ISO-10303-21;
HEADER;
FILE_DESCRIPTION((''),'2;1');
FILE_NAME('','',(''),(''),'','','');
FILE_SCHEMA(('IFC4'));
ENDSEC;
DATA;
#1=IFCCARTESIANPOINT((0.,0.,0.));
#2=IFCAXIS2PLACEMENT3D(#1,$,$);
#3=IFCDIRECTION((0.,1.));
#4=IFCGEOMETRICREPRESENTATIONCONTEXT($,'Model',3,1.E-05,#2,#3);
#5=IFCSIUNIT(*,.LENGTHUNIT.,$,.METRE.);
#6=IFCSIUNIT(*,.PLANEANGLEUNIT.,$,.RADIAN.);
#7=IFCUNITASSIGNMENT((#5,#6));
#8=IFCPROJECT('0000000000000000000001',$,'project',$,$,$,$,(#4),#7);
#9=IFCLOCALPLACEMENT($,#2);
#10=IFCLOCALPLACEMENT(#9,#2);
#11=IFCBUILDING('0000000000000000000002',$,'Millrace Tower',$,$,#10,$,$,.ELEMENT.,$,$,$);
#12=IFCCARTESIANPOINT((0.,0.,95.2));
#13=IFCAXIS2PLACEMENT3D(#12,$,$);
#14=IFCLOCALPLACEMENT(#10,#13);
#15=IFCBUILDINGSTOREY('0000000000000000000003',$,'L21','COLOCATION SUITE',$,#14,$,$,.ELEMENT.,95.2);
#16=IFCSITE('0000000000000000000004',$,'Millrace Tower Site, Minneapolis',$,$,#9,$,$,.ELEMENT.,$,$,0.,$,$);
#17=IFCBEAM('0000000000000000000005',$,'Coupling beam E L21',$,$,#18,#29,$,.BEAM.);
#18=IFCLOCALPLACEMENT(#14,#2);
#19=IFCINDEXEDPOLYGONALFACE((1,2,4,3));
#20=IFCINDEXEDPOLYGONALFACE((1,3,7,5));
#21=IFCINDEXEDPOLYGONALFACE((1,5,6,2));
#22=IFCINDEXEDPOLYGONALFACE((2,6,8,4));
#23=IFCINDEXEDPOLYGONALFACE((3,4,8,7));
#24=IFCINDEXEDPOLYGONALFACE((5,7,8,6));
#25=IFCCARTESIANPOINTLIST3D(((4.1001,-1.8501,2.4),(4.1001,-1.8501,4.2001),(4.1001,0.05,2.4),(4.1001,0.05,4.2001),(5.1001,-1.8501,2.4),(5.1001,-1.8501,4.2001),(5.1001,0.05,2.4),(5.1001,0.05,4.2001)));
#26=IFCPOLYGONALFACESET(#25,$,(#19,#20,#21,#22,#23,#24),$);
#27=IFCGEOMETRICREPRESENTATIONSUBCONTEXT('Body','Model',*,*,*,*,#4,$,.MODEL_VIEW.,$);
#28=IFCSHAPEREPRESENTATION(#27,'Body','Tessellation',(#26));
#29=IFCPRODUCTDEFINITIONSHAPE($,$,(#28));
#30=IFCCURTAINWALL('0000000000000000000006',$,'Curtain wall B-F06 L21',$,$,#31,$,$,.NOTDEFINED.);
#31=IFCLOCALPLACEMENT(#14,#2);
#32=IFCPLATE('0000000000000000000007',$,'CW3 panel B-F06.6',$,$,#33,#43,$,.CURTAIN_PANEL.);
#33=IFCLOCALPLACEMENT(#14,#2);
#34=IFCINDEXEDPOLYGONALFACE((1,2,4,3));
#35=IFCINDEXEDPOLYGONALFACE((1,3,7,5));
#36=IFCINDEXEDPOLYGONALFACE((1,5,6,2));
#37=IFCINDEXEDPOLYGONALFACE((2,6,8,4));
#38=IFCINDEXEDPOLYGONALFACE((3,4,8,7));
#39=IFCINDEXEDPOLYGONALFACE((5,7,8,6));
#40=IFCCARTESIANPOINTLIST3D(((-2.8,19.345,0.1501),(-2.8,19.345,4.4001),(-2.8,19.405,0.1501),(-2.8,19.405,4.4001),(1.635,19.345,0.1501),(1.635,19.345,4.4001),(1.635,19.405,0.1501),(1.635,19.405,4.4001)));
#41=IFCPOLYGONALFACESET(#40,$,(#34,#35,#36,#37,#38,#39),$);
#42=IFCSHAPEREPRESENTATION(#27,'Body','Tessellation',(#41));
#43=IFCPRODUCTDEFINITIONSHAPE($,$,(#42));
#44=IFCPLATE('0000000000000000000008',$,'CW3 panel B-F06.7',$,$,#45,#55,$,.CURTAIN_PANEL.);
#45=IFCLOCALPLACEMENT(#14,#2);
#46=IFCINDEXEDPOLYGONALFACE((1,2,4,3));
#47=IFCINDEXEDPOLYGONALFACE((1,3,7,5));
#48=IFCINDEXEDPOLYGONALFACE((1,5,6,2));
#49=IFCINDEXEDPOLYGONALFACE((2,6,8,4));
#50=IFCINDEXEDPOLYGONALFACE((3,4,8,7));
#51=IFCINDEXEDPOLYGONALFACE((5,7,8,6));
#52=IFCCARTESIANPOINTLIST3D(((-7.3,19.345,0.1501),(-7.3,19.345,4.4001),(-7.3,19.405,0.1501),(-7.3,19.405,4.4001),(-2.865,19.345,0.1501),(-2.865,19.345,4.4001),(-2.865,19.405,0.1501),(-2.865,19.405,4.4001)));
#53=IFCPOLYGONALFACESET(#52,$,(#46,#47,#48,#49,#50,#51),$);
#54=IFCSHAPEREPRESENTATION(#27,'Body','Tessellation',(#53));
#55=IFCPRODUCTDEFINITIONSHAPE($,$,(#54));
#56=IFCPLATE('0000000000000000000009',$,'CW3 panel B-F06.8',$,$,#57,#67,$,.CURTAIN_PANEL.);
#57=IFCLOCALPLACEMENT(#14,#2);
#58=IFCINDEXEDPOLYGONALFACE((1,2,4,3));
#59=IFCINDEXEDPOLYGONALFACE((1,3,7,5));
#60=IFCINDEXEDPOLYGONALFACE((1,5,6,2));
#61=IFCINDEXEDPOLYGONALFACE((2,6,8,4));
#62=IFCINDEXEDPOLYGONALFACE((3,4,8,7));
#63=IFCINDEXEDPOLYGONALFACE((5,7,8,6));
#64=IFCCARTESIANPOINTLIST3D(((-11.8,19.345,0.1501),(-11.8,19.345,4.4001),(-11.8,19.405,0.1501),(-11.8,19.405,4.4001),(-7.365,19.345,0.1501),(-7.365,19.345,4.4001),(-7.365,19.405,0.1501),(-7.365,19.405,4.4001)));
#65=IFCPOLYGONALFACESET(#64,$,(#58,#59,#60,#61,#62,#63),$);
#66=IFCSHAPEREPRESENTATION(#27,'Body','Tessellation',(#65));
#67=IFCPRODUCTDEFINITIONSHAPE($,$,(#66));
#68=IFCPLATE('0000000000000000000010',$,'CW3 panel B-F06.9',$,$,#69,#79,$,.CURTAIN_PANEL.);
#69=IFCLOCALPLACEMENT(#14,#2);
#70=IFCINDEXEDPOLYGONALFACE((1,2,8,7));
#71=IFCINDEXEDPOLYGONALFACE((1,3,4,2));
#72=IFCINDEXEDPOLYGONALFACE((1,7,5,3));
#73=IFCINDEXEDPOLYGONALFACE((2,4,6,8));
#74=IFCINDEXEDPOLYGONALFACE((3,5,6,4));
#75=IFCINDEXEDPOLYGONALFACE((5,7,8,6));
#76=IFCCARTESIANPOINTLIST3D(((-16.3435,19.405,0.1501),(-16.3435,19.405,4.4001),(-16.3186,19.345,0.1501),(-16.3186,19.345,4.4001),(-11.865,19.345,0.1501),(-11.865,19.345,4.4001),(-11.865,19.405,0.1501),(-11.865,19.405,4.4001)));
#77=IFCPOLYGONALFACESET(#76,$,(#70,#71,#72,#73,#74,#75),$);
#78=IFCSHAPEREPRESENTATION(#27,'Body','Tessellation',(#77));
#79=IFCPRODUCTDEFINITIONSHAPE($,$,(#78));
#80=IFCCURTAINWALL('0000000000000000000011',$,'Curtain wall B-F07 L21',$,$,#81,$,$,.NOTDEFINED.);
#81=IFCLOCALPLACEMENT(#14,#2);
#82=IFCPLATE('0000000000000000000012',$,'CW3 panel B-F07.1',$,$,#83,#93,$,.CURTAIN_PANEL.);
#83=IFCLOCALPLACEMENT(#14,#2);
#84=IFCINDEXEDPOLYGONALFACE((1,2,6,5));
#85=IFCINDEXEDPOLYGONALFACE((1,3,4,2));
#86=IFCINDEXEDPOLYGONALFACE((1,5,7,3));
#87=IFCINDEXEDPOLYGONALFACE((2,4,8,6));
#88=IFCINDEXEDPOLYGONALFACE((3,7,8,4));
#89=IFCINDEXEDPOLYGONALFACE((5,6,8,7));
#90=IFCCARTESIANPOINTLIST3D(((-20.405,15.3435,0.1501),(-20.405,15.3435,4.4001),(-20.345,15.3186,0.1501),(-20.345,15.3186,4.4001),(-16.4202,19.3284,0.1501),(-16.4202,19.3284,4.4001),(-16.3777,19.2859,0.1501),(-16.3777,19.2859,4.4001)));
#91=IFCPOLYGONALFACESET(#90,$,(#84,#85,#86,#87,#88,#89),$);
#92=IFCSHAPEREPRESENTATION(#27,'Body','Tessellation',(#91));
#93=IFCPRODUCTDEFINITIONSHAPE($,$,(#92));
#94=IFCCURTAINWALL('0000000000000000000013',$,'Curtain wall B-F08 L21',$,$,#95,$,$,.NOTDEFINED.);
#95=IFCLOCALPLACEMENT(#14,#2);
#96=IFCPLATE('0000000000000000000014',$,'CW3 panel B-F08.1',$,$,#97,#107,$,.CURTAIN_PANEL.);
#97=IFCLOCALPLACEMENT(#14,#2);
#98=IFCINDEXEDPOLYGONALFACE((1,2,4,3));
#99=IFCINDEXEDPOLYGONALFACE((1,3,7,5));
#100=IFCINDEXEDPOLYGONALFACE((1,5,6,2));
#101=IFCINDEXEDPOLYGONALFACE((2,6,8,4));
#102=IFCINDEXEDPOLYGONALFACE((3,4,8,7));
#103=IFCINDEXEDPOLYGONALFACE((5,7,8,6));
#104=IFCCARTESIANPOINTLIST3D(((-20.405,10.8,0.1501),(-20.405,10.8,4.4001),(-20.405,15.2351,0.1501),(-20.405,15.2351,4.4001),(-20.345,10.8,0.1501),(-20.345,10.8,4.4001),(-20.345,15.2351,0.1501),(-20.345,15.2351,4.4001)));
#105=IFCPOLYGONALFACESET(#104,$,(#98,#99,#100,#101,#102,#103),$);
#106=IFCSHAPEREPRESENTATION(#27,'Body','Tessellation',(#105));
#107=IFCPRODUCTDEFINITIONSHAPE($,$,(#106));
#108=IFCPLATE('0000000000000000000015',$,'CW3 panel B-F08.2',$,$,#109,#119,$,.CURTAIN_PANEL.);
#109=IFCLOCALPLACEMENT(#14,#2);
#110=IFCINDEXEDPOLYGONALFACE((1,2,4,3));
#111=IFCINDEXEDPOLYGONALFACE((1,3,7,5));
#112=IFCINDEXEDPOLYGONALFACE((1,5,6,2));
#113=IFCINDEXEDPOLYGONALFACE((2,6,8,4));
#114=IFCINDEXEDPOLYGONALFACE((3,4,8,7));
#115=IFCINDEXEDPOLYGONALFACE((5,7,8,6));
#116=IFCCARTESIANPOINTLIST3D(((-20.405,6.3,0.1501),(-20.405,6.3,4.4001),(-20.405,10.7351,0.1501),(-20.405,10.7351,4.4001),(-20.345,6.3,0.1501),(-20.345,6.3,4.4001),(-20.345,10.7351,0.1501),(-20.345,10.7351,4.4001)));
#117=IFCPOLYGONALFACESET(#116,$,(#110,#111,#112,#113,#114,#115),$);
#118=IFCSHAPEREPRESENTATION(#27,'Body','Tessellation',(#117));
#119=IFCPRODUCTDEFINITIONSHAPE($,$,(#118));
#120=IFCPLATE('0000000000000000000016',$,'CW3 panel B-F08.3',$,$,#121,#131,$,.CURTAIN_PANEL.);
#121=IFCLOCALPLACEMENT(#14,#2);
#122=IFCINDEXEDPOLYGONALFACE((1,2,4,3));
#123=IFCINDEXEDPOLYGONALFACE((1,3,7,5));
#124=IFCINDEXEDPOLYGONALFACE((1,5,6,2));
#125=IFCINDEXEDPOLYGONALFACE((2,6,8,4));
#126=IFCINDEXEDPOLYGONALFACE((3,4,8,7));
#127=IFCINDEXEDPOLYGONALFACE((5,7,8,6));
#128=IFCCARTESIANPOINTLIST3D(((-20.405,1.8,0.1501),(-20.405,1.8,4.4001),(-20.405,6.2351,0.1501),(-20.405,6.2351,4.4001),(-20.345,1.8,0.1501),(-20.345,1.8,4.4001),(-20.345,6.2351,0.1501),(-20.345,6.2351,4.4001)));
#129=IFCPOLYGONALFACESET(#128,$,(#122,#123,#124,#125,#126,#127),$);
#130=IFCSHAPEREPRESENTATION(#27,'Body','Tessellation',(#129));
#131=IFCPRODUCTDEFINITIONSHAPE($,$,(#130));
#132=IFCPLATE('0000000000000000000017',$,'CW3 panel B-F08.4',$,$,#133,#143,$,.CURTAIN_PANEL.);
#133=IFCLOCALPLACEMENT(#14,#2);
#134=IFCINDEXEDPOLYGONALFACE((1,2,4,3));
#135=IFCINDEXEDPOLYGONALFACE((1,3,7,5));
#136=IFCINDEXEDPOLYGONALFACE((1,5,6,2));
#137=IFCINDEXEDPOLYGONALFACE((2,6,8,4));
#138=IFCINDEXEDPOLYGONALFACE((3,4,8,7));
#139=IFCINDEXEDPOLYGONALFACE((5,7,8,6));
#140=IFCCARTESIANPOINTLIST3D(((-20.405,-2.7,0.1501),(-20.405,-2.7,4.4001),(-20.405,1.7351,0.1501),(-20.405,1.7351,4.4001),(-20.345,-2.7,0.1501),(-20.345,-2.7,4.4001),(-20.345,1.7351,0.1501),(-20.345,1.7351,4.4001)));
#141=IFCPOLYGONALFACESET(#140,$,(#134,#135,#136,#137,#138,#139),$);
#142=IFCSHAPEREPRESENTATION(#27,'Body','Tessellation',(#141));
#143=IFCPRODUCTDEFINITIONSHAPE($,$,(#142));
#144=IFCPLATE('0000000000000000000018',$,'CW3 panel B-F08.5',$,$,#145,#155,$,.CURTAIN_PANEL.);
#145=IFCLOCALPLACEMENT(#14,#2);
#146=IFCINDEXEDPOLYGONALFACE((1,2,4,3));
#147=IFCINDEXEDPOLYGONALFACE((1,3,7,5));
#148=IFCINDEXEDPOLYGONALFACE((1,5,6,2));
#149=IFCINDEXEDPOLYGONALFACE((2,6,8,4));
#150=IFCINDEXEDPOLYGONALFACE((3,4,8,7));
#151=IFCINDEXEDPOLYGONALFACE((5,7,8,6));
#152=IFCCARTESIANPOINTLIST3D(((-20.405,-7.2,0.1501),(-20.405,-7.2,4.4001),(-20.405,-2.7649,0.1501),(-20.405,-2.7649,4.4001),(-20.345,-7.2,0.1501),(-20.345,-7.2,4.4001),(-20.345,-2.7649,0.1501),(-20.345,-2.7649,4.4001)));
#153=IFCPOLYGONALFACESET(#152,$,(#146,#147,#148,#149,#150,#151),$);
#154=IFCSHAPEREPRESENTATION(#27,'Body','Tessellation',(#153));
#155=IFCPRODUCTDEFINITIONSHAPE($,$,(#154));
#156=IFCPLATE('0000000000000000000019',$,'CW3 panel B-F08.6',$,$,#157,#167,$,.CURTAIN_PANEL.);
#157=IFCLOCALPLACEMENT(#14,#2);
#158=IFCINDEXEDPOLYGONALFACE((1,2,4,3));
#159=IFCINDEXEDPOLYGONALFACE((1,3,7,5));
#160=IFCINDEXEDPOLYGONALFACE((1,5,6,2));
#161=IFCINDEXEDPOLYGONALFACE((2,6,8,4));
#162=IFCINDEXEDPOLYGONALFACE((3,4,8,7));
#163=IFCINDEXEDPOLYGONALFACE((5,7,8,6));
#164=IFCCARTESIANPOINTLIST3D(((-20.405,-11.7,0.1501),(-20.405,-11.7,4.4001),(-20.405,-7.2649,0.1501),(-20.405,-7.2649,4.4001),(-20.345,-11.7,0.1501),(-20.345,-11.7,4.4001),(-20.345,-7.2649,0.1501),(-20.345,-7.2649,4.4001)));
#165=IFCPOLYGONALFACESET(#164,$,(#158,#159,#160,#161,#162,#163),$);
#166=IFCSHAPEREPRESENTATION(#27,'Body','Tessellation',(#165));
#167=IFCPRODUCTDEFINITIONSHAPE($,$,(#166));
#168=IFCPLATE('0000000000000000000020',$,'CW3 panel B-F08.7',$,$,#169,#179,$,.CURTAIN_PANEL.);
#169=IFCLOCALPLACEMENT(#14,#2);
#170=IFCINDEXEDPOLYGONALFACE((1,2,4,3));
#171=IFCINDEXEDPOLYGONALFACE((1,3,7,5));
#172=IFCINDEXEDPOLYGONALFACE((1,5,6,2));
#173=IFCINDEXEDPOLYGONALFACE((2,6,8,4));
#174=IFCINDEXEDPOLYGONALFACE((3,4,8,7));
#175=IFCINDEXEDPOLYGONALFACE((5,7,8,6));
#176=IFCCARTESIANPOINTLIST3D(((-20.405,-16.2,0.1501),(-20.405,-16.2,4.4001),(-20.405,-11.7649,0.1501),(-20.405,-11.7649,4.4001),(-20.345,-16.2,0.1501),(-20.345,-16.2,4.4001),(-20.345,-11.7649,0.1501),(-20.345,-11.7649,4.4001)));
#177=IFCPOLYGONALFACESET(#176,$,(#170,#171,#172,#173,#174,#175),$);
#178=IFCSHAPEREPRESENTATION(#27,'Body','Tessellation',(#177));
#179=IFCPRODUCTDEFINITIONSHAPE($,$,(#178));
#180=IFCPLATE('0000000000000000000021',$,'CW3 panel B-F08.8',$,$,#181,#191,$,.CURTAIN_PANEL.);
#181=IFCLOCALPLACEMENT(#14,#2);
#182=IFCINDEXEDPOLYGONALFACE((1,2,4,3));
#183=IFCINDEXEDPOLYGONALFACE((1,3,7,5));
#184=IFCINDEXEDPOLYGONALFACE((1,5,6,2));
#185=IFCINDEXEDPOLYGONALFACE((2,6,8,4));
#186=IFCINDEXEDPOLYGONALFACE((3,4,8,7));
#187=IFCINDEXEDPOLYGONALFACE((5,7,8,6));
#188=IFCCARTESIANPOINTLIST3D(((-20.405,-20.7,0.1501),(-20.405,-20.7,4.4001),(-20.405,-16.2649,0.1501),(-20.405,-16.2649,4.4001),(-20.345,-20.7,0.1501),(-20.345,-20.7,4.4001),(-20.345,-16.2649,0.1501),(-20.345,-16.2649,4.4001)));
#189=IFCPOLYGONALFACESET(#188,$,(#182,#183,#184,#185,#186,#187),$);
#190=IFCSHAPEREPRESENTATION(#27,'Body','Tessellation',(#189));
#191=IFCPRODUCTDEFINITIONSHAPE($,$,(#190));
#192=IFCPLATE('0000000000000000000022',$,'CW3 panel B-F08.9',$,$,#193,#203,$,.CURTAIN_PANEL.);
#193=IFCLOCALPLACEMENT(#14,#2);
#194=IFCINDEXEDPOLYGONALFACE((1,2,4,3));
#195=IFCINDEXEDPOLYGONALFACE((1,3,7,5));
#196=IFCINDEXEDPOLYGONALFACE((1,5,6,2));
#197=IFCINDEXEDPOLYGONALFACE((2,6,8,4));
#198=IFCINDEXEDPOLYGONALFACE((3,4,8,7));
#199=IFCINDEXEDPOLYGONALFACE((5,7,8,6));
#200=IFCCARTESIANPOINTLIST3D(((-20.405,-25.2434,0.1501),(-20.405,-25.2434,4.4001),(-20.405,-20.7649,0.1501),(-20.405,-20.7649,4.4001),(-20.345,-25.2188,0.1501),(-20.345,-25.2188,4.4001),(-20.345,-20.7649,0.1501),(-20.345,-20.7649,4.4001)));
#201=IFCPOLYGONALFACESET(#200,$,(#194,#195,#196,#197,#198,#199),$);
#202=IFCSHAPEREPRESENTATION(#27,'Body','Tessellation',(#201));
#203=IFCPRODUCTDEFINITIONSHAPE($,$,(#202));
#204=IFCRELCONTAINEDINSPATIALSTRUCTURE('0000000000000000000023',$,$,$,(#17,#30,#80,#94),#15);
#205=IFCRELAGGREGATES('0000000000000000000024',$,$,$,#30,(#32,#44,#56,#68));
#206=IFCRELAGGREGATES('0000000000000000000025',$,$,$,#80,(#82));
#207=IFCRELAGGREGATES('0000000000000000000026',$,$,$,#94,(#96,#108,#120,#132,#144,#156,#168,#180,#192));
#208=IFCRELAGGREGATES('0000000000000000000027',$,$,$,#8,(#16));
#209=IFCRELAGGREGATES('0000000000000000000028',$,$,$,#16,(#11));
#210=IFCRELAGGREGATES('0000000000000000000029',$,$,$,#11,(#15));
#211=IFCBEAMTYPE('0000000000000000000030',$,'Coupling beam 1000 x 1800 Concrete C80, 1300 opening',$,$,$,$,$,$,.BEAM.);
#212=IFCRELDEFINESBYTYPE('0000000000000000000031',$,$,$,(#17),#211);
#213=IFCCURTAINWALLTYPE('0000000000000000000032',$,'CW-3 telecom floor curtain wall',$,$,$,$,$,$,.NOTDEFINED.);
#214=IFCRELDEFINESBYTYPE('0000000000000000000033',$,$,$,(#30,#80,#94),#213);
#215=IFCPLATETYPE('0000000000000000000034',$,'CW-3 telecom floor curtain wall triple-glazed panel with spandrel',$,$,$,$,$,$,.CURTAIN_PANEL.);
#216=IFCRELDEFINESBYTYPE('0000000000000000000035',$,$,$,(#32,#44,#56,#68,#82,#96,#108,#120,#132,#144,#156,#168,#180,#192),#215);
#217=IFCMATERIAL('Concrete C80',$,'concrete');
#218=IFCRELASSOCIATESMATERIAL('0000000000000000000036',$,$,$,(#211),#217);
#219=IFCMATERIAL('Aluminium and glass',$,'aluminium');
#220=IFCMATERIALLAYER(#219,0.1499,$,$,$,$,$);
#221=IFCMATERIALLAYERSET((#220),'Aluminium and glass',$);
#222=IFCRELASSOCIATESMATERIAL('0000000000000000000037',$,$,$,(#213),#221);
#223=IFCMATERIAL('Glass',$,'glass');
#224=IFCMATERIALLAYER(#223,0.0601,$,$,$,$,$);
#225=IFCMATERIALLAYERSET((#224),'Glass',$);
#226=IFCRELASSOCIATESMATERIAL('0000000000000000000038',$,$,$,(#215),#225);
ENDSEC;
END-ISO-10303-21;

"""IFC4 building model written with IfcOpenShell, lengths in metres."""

from ifc_helpers import new_model, si_unit, direction, frame, origin, origin_2d, place, context, subcontext, project, spatial, polyline, rectangle, outline, extrude, material, layer, layer_set, material_profile, profile_set, type_object, element, aggregate, save


model = new_model("IFC4")

# Units and contexts
model_context = context("Model", 3, precision=1e-05, world=origin(), true_north=direction((0.0, 1.0)))
body_context = subcontext(model_context, "Body", "Model", "MODEL_VIEW")
ifc_project = project(units=[si_unit("LENGTHUNIT", "METRE"), si_unit("PLANEANGLEUNIT", "RADIAN")], contexts=[model_context])

# Site, building, storey
site_placement = place(None, origin())
site = spatial("IfcSite", under=ifc_project, at=site_placement, Name="Millrace Tower Site, Minneapolis", CompositionType="ELEMENT", RefElevation=0.0)
building_placement = place(site_placement, origin())
building = spatial("IfcBuilding", under=site, at=building_placement, Name="Millrace Tower", CompositionType="ELEMENT")
storey_placement = place(building_placement, frame((0.0, 0.0, 95.2)))
storey = spatial("IfcBuildingStorey", under=building, at=storey_placement, Name="L21", Description="COLOCATION SUITE", CompositionType="ELEMENT", Elevation=95.2)

# Beam
ifc_material_1 = material(Name="Concrete C80", Category="concrete")
ifc_material_profile = material_profile(ifc_material_1, rectangle(XDim=1.0, YDim=1.8, at=origin_2d()))
ifc_profile_set = profile_set([ifc_material_profile], Name="Concrete C80")
beam_type = type_object("IfcBeamType", Name="Coupling beam 1000 x 1800 Concrete C80, 1300 opening", PredefinedType="BEAM", material=ifc_profile_set)
beam_placement = place(storey_placement, frame((4.6001, 0.05, 3.3), z_axis=(0.0, -1.0, 0.0), x_axis=(1.0, 0.0, 0.0)))
element("IfcBeam", 1, at=beam_placement, inside=storey, type_object=beam_type, Name="Coupling beam E L21", PredefinedType="BEAM", context=body_context, shape_type="SweptSolid", body=[
    extrude(rectangle(XDim=1.0, YDim=1.8, at=origin_2d()), origin(), (0.0, 0.0, 1.0), 1.9001),
])

# Curtain wall, plates
ifc_material_2 = material(Name="Aluminium and glass", Category="aluminium")
ifc_layer_1 = layer(ifc_material_2, 0.1499)
ifc_layer_set_1 = layer_set([ifc_layer_1], Name="Aluminium and glass")
curtain_wall_type = type_object("IfcCurtainWallType", Name="CW-3 telecom floor curtain wall", PredefinedType="NOTDEFINED", material=ifc_layer_set_1)
placement_1 = place(storey_placement, origin())
curtain_wall_1 = element("IfcCurtainWall", 2, at=placement_1, inside=storey, type_object=curtain_wall_type, Name="Curtain wall B-F06 L21", PredefinedType="NOTDEFINED")
ifc_material_3 = material(Name="Glass", Category="glass")
ifc_layer_2 = layer(ifc_material_3, 0.0601)
ifc_layer_set_2 = layer_set([ifc_layer_2], Name="Glass")
plate_type = type_object("IfcPlateType", Name="CW-3 telecom floor curtain wall triple-glazed panel with spandrel", PredefinedType="CURTAIN_PANEL", material=ifc_layer_set_2)
placement_2 = place(storey_placement, frame((0.0, 0.0, 0.1501)))
plate_1 = element("IfcPlate", 3, at=placement_2, type_object=plate_type, Name="CW3 panel B-F06.6", PredefinedType="CURTAIN_PANEL", context=body_context, shape_type="SweptSolid", body=[
    extrude(outline(polyline([(1.635, 19.405), (-2.8, 19.405), (-2.8, 19.345), (1.635, 19.345), (1.635, 19.405)])), origin(), (0.0, 0.0, 1.0), 4.25),
])
plate_2 = element("IfcPlate", 4, at=placement_2, type_object=plate_type, Name="CW3 panel B-F06.7", PredefinedType="CURTAIN_PANEL", context=body_context, shape_type="SweptSolid", body=[
    extrude(outline(polyline([(-2.865, 19.405), (-7.3, 19.405), (-7.3, 19.345), (-2.865, 19.345), (-2.865, 19.405)])), origin(), (0.0, 0.0, 1.0), 4.25),
])
plate_3 = element("IfcPlate", 5, at=placement_2, type_object=plate_type, Name="CW3 panel B-F06.8", PredefinedType="CURTAIN_PANEL", context=body_context, shape_type="SweptSolid", body=[
    extrude(outline(polyline([(-7.365, 19.405), (-11.8, 19.405), (-11.8, 19.345), (-7.365, 19.345), (-7.365, 19.405)])), origin(), (0.0, 0.0, 1.0), 4.25),
])
plate_4 = element("IfcPlate", 6, at=placement_2, type_object=plate_type, Name="CW3 panel B-F06.9", PredefinedType="CURTAIN_PANEL", context=body_context, shape_type="SweptSolid", body=[
    extrude(outline(polyline([(-11.865, 19.405), (-16.3435, 19.405), (-16.3186, 19.345), (-11.865, 19.345), (-11.865, 19.405)])), origin(), (0.0, 0.0, 1.0), 4.25),
])
aggregate(curtain_wall_1, [plate_1, plate_2, plate_3, plate_4])

# Curtain wall, plate
curtain_wall_2 = element("IfcCurtainWall", 7, at=placement_1, inside=storey, type_object=curtain_wall_type, Name="Curtain wall B-F07 L21", PredefinedType="NOTDEFINED")
plate_5 = element("IfcPlate", 8, at=placement_2, type_object=plate_type, Name="CW3 panel B-F07.1", PredefinedType="CURTAIN_PANEL", context=body_context, shape_type="SweptSolid", body=[
    extrude(outline(polyline([(-16.4202, 19.3284), (-20.405, 15.3435), (-20.345, 15.3186), (-16.3777, 19.2859), (-16.4202, 19.3284)])), origin(), (0.0, 0.0, 1.0), 4.25),
])
aggregate(curtain_wall_2, [plate_5])

# Curtain wall, plates
curtain_wall_3 = element("IfcCurtainWall", 9, at=placement_1, inside=storey, type_object=curtain_wall_type, Name="Curtain wall B-F08 L21", PredefinedType="NOTDEFINED")
plate_6 = element("IfcPlate", 10, at=placement_2, type_object=plate_type, Name="CW3 panel B-F08.1", PredefinedType="CURTAIN_PANEL", context=body_context, shape_type="SweptSolid", body=[
    extrude(outline(polyline([(-20.405, 15.2351), (-20.405, 10.8), (-20.345, 10.8), (-20.345, 15.2351), (-20.405, 15.2351)])), origin(), (0.0, 0.0, 1.0), 4.25),
])
plate_7 = element("IfcPlate", 11, at=placement_2, type_object=plate_type, Name="CW3 panel B-F08.2", PredefinedType="CURTAIN_PANEL", context=body_context, shape_type="SweptSolid", body=[
    extrude(outline(polyline([(-20.405, 10.7351), (-20.405, 6.3), (-20.345, 6.3), (-20.345, 10.7351), (-20.405, 10.7351)])), origin(), (0.0, 0.0, 1.0), 4.25),
])
plate_8 = element("IfcPlate", 12, at=placement_2, type_object=plate_type, Name="CW3 panel B-F08.3", PredefinedType="CURTAIN_PANEL", context=body_context, shape_type="SweptSolid", body=[
    extrude(outline(polyline([(-20.405, 6.2351), (-20.405, 1.8), (-20.345, 1.8), (-20.345, 6.2351), (-20.405, 6.2351)])), origin(), (0.0, 0.0, 1.0), 4.25),
])
plate_9 = element("IfcPlate", 13, at=placement_2, type_object=plate_type, Name="CW3 panel B-F08.4", PredefinedType="CURTAIN_PANEL", context=body_context, shape_type="SweptSolid", body=[
    extrude(outline(polyline([(-20.405, 1.7351), (-20.405, -2.7), (-20.345, -2.7), (-20.345, 1.7351), (-20.405, 1.7351)])), origin(), (0.0, 0.0, 1.0), 4.25),
])
plate_10 = element("IfcPlate", 14, at=placement_2, type_object=plate_type, Name="CW3 panel B-F08.5", PredefinedType="CURTAIN_PANEL", context=body_context, shape_type="SweptSolid", body=[
    extrude(outline(polyline([(-20.405, -2.7649), (-20.405, -7.2), (-20.345, -7.2), (-20.345, -2.7649), (-20.405, -2.7649)])), origin(), (0.0, 0.0, 1.0), 4.25),
])
plate_11 = element("IfcPlate", 15, at=placement_2, type_object=plate_type, Name="CW3 panel B-F08.6", PredefinedType="CURTAIN_PANEL", context=body_context, shape_type="SweptSolid", body=[
    extrude(outline(polyline([(-20.405, -7.2649), (-20.405, -11.7), (-20.345, -11.7), (-20.345, -7.2649), (-20.405, -7.2649)])), origin(), (0.0, 0.0, 1.0), 4.25),
])
plate_12 = element("IfcPlate", 16, at=placement_2, type_object=plate_type, Name="CW3 panel B-F08.7", PredefinedType="CURTAIN_PANEL", context=body_context, shape_type="SweptSolid", body=[
    extrude(outline(polyline([(-20.405, -11.7649), (-20.405, -16.2), (-20.345, -16.2), (-20.345, -11.7649), (-20.405, -11.7649)])), origin(), (0.0, 0.0, 1.0), 4.25),
])
plate_13 = element("IfcPlate", 17, at=placement_2, type_object=plate_type, Name="CW3 panel B-F08.8", PredefinedType="CURTAIN_PANEL", context=body_context, shape_type="SweptSolid", body=[
    extrude(outline(polyline([(-20.405, -16.2649), (-20.405, -20.7), (-20.345, -20.7), (-20.345, -16.2649), (-20.405, -16.2649)])), origin(), (0.0, 0.0, 1.0), 4.25),
])
plate_14 = element("IfcPlate", 18, at=placement_2, type_object=plate_type, Name="CW3 panel B-F08.9", PredefinedType="CURTAIN_PANEL", context=body_context, shape_type="SweptSolid", body=[
    extrude(outline(polyline([(-20.405, -20.7649), (-20.405, -25.2434), (-20.345, -25.2188), (-20.345, -20.7649), (-20.405, -20.7649)])), origin(), (0.0, 0.0, 1.0), 4.25),
])
aggregate(curtain_wall_3, [plate_6, plate_7, plate_8, plate_9, plate_10, plate_11, plate_12, plate_13, plate_14])

save(model, "model.ifc")
